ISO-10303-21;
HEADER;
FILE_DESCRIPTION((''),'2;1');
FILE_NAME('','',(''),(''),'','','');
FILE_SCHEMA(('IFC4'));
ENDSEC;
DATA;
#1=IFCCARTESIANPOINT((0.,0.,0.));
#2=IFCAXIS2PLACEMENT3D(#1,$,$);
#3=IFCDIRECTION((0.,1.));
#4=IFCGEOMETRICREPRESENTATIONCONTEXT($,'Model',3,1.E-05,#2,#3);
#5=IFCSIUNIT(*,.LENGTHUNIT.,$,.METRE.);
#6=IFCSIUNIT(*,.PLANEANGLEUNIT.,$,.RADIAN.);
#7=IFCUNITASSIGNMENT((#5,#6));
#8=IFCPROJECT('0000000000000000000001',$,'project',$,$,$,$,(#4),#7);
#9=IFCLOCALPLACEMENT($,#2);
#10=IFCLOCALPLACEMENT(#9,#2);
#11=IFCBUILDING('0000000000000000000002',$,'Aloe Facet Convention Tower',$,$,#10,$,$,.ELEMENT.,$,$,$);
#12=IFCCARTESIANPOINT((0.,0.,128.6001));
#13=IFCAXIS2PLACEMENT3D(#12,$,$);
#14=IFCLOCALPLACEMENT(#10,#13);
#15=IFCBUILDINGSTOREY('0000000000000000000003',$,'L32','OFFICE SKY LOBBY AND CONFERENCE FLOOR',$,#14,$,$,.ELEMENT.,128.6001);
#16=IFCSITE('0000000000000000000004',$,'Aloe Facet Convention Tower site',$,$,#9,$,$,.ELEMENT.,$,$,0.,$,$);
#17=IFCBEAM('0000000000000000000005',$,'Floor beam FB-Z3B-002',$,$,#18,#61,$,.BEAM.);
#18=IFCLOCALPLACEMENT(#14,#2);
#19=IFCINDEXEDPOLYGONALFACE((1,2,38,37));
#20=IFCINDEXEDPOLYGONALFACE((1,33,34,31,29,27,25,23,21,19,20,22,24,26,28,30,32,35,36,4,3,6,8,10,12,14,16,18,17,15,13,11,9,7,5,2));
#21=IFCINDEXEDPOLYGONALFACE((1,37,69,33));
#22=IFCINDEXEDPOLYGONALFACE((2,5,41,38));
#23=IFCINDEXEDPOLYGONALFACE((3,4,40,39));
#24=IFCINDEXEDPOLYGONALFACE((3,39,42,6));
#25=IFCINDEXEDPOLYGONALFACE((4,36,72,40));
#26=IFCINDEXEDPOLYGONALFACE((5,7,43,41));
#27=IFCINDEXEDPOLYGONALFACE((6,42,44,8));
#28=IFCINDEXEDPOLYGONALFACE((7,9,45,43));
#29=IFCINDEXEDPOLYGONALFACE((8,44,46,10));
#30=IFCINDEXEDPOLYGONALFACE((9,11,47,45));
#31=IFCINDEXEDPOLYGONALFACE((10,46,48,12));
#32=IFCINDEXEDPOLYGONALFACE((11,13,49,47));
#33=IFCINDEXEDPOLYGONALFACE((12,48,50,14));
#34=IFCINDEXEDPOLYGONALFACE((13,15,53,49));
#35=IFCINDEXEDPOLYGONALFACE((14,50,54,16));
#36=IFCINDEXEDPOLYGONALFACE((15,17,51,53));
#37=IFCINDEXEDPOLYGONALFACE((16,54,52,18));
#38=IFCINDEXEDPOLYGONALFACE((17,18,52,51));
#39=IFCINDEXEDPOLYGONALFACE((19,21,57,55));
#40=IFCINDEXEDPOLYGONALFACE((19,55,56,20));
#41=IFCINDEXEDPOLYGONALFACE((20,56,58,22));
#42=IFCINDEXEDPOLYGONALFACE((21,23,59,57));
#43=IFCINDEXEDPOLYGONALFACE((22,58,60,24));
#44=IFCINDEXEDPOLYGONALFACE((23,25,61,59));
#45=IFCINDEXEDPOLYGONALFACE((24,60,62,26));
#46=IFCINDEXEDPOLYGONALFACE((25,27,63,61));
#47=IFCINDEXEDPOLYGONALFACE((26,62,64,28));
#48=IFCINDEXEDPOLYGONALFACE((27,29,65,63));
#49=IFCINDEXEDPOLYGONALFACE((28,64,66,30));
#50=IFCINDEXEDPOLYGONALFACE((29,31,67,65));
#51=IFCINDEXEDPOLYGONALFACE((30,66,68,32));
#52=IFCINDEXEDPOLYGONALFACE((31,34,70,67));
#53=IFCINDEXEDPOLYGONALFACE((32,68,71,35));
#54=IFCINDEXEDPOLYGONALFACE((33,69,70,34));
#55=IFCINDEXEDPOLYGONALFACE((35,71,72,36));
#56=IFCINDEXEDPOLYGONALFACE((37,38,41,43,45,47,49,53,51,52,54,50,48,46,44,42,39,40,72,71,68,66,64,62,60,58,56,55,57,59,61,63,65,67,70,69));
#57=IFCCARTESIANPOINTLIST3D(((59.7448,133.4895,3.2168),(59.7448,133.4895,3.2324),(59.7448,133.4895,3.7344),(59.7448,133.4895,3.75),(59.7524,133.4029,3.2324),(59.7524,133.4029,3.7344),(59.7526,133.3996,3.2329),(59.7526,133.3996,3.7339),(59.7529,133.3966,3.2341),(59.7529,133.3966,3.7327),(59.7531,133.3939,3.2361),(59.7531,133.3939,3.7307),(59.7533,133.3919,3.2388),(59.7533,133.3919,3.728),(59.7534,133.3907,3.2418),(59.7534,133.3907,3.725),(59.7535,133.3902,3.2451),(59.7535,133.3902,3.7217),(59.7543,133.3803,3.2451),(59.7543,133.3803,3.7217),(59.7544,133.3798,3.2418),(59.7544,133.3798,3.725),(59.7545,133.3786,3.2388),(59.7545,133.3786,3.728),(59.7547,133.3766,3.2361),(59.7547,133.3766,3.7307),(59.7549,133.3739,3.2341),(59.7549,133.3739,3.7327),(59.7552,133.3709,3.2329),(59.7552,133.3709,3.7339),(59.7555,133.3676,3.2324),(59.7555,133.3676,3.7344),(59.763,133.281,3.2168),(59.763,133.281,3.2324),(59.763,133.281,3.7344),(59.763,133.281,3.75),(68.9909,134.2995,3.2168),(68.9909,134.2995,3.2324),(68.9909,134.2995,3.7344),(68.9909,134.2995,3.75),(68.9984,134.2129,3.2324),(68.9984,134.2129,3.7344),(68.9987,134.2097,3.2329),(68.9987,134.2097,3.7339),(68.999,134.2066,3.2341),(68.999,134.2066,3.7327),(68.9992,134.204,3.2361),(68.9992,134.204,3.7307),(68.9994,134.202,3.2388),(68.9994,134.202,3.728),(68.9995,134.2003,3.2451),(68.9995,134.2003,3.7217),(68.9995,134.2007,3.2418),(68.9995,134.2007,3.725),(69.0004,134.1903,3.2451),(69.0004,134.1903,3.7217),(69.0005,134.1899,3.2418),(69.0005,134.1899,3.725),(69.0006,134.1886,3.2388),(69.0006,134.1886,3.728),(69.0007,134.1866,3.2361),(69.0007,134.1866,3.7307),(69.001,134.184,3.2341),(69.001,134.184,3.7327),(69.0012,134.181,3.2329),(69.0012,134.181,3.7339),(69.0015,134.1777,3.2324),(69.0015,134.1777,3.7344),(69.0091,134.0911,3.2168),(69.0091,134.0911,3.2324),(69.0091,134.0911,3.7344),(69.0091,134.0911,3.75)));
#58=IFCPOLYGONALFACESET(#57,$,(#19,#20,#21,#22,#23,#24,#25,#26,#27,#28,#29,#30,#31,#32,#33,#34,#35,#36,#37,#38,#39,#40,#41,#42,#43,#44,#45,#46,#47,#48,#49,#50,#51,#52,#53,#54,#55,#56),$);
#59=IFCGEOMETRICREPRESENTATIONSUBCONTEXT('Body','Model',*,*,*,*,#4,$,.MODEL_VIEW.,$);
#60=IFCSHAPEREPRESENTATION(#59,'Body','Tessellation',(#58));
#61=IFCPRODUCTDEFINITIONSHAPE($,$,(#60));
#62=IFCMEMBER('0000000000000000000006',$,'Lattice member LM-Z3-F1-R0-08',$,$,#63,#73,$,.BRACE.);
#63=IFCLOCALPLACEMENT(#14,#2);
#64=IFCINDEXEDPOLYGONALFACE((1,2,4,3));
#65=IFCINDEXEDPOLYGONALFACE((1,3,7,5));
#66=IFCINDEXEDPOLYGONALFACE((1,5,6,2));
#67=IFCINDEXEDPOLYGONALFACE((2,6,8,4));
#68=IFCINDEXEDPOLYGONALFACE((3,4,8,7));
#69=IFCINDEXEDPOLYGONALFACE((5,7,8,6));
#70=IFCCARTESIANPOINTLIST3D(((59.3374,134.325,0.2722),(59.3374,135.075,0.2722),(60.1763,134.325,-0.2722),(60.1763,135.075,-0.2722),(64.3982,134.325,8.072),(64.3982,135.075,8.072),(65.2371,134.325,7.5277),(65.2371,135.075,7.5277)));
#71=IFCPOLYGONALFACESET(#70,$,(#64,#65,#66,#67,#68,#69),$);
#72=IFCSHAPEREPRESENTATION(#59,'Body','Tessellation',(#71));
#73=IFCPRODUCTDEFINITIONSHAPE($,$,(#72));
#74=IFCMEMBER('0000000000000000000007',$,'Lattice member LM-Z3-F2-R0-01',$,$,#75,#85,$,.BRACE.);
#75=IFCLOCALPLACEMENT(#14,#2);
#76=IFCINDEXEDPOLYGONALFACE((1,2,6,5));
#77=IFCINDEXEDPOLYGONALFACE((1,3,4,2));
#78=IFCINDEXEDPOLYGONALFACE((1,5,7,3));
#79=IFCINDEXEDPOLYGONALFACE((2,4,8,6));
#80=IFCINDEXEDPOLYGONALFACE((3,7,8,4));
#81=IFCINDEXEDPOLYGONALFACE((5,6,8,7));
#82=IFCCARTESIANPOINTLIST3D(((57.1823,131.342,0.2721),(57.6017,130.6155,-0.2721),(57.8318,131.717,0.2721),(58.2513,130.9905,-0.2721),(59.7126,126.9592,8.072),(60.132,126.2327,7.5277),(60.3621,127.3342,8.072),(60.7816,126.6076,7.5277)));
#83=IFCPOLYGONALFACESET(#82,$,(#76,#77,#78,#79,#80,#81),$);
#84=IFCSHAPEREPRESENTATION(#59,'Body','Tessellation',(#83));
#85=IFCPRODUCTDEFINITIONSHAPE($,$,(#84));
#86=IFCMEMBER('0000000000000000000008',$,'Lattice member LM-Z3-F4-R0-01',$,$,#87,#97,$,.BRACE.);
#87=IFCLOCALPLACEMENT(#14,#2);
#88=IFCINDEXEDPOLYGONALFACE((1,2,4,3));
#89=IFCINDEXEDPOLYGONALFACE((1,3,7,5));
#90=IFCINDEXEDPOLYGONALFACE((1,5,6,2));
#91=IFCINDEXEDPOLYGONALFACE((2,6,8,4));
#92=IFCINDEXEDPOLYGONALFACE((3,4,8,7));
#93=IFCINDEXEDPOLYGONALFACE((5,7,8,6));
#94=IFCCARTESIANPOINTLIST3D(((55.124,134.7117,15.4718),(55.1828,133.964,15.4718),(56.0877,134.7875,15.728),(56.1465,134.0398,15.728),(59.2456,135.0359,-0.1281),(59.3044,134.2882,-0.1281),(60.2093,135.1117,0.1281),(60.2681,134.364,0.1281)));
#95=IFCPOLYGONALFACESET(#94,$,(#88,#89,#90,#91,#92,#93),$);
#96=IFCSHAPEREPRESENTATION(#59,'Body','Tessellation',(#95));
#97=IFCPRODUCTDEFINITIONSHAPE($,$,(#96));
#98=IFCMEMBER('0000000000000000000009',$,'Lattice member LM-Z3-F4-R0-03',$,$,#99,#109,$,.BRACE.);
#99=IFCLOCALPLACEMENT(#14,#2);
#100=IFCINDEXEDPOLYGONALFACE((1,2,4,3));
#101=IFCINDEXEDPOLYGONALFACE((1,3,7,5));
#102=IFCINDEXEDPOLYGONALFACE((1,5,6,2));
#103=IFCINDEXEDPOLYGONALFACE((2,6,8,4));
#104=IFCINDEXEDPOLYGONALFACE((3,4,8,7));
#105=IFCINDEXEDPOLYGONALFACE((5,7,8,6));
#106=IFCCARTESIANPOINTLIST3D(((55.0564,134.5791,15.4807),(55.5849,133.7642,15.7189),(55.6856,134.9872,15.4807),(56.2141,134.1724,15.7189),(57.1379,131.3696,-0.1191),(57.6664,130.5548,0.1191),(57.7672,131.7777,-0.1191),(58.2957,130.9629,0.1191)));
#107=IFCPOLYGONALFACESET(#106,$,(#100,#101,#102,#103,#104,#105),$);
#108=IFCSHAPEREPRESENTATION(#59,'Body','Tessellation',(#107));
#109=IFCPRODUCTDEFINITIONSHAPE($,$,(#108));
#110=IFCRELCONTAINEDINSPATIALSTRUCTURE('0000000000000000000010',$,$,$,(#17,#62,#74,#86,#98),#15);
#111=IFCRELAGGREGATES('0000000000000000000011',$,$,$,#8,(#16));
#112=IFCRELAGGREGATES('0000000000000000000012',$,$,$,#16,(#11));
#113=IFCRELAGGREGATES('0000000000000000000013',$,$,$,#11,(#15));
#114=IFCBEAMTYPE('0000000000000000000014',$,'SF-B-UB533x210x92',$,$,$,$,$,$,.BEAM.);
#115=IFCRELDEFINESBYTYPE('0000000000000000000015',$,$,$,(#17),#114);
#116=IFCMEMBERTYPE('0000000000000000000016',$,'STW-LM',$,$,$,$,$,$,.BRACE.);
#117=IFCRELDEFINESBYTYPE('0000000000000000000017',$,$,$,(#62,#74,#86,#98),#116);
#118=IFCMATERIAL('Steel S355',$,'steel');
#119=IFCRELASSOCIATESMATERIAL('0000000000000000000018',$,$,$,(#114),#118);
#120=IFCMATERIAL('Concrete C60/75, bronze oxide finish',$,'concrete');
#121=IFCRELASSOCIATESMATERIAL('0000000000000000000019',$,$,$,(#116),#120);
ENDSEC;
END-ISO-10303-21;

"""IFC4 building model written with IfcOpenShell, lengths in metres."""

from ifc_helpers import new_model, si_unit, direction, frame, origin, origin_2d, place, context, subcontext, project, spatial, rectangle, i_section, extrude, material, material_profile, profile_set, type_object, element, save


model = new_model("IFC4")

# Units and contexts
model_context = context("Model", 3, precision=1e-05, world=origin(), true_north=direction((0.0, 1.0)))
body_context = subcontext(model_context, "Body", "Model", "MODEL_VIEW")
ifc_project = project(units=[si_unit("LENGTHUNIT", "METRE"), si_unit("PLANEANGLEUNIT", "RADIAN")], contexts=[model_context])

# Site, building, storey
site_placement = place(None, origin())
site = spatial("IfcSite", under=ifc_project, at=site_placement, Name="Aloe Facet Convention Tower site", CompositionType="ELEMENT", RefElevation=0.0)
building_placement = place(site_placement, origin())
building = spatial("IfcBuilding", under=site, at=building_placement, Name="Aloe Facet Convention Tower", CompositionType="ELEMENT")
storey_placement = place(building_placement, frame((0.0, 0.0, 128.6001)))
storey = spatial("IfcBuildingStorey", under=building, at=storey_placement, Name="L32", Description="OFFICE SKY LOBBY AND CONFERENCE FLOOR", CompositionType="ELEMENT", Elevation=128.6001)

# Beam
ifc_material_1 = material(Name="Steel S355", Category="steel")
ifc_material_profile_1 = material_profile(ifc_material_1, i_section(OverallWidth=0.2092, OverallDepth=0.5332, WebThickness=0.01, FlangeThickness=0.0156, FilletRadius=0.0127, at=origin_2d()), Name="UB 533x210x92")
ifc_profile_set_1 = profile_set([ifc_material_profile_1], Name="Steel S355")
beam_type_1 = type_object("IfcBeamType", Name="SF-B-UB533x210x92", PredefinedType="BEAM", material=ifc_profile_set_1)
beam_1_placement = place(storey_placement, frame((59.7539, 133.3853, 3.4834), z_axis=(0.996184, 0.087277, 0.0), x_axis=(-0.087277, 0.996184, 0.0)))
element("IfcBeam", 1, at=beam_1_placement, inside=storey, type_object=beam_type_1, Name="Floor beam FB-Z3B-002", PredefinedType="BEAM", context=body_context, shape_type="SweptSolid", body=[
    extrude(i_section(OverallWidth=0.2092, OverallDepth=0.5332, WebThickness=0.01, FlangeThickness=0.0156, FilletRadius=0.0127, at=origin_2d()), origin(), (0.0, 0.0, 1.0), 9.2815),
])

# Members
ifc_material_2 = material(Name="Concrete C60/75, bronze oxide finish", Category="concrete")
ifc_material_profile_2 = material_profile(ifc_material_2, rectangle(XDim=0.75, YDim=1.0, at=origin_2d()), Name="STW-LM")
ifc_profile_set_2 = profile_set([ifc_material_profile_2], Name="Concrete C60/75, bronze oxide finish")
member_type = type_object("IfcMemberType", Name="STW-LM", PredefinedType="BRACE", material=ifc_profile_set_2)
for number, where, z_axis, x_axis, name in (
    (2, (59.7568, 134.7, 0.0), (0.544301, 0.0, 0.83889), (0.0, 1.0, 0.0), "Lattice member LM-Z3-F1-R0-08"),
    (3, (57.7168, 131.1663, 0.0), (0.272138, -0.471384, 0.838891), (0.866038, 0.499979, 0.0), "Lattice member LM-Z3-F2-R0-01"),
):
    element("IfcMember", number, at=place(storey_placement, frame(where, z_axis=z_axis, x_axis=x_axis)), inside=storey, type_object=member_type, Name=name, PredefinedType="BRACE", context=body_context, shape_type="SweptSolid", body=[
        extrude(rectangle(XDim=0.75, YDim=1.0, at=origin_2d()), origin(), (0.0, 0.0, 1.0), 9.2979),
    ])
member_1_placement = place(storey_placement, frame((59.7568, 134.7, 0.0), z_axis=(-0.25539, -0.02009, 0.966629), x_axis=(0.078421, -0.99692, 0.0)))
element("IfcMember", 4, at=member_1_placement, inside=storey, type_object=member_type, Name="Lattice member LM-Z3-F4-R0-01", PredefinedType="BRACE", context=body_context, shape_type="SweptSolid", body=[
    extrude(rectangle(XDim=0.75, YDim=1.0, at=origin_2d()), origin(), (0.0, 0.0, 1.0), 16.1384),
])
member_2_placement = place(storey_placement, frame((57.7168, 131.1663, 0.0), z_axis=(-0.129594, 0.199817, 0.971225), x_axis=(-0.838994, -0.54414, 0.0)))
element("IfcMember", 5, at=member_2_placement, inside=storey, type_object=member_type, Name="Lattice member LM-Z3-F4-R0-03", PredefinedType="BRACE", context=body_context, shape_type="SweptSolid", body=[
    extrude(rectangle(XDim=0.75, YDim=1.0, at=origin_2d()), origin(), (0.0, 0.0, 1.0), 16.062),
])

save(model, "model.ifc")
